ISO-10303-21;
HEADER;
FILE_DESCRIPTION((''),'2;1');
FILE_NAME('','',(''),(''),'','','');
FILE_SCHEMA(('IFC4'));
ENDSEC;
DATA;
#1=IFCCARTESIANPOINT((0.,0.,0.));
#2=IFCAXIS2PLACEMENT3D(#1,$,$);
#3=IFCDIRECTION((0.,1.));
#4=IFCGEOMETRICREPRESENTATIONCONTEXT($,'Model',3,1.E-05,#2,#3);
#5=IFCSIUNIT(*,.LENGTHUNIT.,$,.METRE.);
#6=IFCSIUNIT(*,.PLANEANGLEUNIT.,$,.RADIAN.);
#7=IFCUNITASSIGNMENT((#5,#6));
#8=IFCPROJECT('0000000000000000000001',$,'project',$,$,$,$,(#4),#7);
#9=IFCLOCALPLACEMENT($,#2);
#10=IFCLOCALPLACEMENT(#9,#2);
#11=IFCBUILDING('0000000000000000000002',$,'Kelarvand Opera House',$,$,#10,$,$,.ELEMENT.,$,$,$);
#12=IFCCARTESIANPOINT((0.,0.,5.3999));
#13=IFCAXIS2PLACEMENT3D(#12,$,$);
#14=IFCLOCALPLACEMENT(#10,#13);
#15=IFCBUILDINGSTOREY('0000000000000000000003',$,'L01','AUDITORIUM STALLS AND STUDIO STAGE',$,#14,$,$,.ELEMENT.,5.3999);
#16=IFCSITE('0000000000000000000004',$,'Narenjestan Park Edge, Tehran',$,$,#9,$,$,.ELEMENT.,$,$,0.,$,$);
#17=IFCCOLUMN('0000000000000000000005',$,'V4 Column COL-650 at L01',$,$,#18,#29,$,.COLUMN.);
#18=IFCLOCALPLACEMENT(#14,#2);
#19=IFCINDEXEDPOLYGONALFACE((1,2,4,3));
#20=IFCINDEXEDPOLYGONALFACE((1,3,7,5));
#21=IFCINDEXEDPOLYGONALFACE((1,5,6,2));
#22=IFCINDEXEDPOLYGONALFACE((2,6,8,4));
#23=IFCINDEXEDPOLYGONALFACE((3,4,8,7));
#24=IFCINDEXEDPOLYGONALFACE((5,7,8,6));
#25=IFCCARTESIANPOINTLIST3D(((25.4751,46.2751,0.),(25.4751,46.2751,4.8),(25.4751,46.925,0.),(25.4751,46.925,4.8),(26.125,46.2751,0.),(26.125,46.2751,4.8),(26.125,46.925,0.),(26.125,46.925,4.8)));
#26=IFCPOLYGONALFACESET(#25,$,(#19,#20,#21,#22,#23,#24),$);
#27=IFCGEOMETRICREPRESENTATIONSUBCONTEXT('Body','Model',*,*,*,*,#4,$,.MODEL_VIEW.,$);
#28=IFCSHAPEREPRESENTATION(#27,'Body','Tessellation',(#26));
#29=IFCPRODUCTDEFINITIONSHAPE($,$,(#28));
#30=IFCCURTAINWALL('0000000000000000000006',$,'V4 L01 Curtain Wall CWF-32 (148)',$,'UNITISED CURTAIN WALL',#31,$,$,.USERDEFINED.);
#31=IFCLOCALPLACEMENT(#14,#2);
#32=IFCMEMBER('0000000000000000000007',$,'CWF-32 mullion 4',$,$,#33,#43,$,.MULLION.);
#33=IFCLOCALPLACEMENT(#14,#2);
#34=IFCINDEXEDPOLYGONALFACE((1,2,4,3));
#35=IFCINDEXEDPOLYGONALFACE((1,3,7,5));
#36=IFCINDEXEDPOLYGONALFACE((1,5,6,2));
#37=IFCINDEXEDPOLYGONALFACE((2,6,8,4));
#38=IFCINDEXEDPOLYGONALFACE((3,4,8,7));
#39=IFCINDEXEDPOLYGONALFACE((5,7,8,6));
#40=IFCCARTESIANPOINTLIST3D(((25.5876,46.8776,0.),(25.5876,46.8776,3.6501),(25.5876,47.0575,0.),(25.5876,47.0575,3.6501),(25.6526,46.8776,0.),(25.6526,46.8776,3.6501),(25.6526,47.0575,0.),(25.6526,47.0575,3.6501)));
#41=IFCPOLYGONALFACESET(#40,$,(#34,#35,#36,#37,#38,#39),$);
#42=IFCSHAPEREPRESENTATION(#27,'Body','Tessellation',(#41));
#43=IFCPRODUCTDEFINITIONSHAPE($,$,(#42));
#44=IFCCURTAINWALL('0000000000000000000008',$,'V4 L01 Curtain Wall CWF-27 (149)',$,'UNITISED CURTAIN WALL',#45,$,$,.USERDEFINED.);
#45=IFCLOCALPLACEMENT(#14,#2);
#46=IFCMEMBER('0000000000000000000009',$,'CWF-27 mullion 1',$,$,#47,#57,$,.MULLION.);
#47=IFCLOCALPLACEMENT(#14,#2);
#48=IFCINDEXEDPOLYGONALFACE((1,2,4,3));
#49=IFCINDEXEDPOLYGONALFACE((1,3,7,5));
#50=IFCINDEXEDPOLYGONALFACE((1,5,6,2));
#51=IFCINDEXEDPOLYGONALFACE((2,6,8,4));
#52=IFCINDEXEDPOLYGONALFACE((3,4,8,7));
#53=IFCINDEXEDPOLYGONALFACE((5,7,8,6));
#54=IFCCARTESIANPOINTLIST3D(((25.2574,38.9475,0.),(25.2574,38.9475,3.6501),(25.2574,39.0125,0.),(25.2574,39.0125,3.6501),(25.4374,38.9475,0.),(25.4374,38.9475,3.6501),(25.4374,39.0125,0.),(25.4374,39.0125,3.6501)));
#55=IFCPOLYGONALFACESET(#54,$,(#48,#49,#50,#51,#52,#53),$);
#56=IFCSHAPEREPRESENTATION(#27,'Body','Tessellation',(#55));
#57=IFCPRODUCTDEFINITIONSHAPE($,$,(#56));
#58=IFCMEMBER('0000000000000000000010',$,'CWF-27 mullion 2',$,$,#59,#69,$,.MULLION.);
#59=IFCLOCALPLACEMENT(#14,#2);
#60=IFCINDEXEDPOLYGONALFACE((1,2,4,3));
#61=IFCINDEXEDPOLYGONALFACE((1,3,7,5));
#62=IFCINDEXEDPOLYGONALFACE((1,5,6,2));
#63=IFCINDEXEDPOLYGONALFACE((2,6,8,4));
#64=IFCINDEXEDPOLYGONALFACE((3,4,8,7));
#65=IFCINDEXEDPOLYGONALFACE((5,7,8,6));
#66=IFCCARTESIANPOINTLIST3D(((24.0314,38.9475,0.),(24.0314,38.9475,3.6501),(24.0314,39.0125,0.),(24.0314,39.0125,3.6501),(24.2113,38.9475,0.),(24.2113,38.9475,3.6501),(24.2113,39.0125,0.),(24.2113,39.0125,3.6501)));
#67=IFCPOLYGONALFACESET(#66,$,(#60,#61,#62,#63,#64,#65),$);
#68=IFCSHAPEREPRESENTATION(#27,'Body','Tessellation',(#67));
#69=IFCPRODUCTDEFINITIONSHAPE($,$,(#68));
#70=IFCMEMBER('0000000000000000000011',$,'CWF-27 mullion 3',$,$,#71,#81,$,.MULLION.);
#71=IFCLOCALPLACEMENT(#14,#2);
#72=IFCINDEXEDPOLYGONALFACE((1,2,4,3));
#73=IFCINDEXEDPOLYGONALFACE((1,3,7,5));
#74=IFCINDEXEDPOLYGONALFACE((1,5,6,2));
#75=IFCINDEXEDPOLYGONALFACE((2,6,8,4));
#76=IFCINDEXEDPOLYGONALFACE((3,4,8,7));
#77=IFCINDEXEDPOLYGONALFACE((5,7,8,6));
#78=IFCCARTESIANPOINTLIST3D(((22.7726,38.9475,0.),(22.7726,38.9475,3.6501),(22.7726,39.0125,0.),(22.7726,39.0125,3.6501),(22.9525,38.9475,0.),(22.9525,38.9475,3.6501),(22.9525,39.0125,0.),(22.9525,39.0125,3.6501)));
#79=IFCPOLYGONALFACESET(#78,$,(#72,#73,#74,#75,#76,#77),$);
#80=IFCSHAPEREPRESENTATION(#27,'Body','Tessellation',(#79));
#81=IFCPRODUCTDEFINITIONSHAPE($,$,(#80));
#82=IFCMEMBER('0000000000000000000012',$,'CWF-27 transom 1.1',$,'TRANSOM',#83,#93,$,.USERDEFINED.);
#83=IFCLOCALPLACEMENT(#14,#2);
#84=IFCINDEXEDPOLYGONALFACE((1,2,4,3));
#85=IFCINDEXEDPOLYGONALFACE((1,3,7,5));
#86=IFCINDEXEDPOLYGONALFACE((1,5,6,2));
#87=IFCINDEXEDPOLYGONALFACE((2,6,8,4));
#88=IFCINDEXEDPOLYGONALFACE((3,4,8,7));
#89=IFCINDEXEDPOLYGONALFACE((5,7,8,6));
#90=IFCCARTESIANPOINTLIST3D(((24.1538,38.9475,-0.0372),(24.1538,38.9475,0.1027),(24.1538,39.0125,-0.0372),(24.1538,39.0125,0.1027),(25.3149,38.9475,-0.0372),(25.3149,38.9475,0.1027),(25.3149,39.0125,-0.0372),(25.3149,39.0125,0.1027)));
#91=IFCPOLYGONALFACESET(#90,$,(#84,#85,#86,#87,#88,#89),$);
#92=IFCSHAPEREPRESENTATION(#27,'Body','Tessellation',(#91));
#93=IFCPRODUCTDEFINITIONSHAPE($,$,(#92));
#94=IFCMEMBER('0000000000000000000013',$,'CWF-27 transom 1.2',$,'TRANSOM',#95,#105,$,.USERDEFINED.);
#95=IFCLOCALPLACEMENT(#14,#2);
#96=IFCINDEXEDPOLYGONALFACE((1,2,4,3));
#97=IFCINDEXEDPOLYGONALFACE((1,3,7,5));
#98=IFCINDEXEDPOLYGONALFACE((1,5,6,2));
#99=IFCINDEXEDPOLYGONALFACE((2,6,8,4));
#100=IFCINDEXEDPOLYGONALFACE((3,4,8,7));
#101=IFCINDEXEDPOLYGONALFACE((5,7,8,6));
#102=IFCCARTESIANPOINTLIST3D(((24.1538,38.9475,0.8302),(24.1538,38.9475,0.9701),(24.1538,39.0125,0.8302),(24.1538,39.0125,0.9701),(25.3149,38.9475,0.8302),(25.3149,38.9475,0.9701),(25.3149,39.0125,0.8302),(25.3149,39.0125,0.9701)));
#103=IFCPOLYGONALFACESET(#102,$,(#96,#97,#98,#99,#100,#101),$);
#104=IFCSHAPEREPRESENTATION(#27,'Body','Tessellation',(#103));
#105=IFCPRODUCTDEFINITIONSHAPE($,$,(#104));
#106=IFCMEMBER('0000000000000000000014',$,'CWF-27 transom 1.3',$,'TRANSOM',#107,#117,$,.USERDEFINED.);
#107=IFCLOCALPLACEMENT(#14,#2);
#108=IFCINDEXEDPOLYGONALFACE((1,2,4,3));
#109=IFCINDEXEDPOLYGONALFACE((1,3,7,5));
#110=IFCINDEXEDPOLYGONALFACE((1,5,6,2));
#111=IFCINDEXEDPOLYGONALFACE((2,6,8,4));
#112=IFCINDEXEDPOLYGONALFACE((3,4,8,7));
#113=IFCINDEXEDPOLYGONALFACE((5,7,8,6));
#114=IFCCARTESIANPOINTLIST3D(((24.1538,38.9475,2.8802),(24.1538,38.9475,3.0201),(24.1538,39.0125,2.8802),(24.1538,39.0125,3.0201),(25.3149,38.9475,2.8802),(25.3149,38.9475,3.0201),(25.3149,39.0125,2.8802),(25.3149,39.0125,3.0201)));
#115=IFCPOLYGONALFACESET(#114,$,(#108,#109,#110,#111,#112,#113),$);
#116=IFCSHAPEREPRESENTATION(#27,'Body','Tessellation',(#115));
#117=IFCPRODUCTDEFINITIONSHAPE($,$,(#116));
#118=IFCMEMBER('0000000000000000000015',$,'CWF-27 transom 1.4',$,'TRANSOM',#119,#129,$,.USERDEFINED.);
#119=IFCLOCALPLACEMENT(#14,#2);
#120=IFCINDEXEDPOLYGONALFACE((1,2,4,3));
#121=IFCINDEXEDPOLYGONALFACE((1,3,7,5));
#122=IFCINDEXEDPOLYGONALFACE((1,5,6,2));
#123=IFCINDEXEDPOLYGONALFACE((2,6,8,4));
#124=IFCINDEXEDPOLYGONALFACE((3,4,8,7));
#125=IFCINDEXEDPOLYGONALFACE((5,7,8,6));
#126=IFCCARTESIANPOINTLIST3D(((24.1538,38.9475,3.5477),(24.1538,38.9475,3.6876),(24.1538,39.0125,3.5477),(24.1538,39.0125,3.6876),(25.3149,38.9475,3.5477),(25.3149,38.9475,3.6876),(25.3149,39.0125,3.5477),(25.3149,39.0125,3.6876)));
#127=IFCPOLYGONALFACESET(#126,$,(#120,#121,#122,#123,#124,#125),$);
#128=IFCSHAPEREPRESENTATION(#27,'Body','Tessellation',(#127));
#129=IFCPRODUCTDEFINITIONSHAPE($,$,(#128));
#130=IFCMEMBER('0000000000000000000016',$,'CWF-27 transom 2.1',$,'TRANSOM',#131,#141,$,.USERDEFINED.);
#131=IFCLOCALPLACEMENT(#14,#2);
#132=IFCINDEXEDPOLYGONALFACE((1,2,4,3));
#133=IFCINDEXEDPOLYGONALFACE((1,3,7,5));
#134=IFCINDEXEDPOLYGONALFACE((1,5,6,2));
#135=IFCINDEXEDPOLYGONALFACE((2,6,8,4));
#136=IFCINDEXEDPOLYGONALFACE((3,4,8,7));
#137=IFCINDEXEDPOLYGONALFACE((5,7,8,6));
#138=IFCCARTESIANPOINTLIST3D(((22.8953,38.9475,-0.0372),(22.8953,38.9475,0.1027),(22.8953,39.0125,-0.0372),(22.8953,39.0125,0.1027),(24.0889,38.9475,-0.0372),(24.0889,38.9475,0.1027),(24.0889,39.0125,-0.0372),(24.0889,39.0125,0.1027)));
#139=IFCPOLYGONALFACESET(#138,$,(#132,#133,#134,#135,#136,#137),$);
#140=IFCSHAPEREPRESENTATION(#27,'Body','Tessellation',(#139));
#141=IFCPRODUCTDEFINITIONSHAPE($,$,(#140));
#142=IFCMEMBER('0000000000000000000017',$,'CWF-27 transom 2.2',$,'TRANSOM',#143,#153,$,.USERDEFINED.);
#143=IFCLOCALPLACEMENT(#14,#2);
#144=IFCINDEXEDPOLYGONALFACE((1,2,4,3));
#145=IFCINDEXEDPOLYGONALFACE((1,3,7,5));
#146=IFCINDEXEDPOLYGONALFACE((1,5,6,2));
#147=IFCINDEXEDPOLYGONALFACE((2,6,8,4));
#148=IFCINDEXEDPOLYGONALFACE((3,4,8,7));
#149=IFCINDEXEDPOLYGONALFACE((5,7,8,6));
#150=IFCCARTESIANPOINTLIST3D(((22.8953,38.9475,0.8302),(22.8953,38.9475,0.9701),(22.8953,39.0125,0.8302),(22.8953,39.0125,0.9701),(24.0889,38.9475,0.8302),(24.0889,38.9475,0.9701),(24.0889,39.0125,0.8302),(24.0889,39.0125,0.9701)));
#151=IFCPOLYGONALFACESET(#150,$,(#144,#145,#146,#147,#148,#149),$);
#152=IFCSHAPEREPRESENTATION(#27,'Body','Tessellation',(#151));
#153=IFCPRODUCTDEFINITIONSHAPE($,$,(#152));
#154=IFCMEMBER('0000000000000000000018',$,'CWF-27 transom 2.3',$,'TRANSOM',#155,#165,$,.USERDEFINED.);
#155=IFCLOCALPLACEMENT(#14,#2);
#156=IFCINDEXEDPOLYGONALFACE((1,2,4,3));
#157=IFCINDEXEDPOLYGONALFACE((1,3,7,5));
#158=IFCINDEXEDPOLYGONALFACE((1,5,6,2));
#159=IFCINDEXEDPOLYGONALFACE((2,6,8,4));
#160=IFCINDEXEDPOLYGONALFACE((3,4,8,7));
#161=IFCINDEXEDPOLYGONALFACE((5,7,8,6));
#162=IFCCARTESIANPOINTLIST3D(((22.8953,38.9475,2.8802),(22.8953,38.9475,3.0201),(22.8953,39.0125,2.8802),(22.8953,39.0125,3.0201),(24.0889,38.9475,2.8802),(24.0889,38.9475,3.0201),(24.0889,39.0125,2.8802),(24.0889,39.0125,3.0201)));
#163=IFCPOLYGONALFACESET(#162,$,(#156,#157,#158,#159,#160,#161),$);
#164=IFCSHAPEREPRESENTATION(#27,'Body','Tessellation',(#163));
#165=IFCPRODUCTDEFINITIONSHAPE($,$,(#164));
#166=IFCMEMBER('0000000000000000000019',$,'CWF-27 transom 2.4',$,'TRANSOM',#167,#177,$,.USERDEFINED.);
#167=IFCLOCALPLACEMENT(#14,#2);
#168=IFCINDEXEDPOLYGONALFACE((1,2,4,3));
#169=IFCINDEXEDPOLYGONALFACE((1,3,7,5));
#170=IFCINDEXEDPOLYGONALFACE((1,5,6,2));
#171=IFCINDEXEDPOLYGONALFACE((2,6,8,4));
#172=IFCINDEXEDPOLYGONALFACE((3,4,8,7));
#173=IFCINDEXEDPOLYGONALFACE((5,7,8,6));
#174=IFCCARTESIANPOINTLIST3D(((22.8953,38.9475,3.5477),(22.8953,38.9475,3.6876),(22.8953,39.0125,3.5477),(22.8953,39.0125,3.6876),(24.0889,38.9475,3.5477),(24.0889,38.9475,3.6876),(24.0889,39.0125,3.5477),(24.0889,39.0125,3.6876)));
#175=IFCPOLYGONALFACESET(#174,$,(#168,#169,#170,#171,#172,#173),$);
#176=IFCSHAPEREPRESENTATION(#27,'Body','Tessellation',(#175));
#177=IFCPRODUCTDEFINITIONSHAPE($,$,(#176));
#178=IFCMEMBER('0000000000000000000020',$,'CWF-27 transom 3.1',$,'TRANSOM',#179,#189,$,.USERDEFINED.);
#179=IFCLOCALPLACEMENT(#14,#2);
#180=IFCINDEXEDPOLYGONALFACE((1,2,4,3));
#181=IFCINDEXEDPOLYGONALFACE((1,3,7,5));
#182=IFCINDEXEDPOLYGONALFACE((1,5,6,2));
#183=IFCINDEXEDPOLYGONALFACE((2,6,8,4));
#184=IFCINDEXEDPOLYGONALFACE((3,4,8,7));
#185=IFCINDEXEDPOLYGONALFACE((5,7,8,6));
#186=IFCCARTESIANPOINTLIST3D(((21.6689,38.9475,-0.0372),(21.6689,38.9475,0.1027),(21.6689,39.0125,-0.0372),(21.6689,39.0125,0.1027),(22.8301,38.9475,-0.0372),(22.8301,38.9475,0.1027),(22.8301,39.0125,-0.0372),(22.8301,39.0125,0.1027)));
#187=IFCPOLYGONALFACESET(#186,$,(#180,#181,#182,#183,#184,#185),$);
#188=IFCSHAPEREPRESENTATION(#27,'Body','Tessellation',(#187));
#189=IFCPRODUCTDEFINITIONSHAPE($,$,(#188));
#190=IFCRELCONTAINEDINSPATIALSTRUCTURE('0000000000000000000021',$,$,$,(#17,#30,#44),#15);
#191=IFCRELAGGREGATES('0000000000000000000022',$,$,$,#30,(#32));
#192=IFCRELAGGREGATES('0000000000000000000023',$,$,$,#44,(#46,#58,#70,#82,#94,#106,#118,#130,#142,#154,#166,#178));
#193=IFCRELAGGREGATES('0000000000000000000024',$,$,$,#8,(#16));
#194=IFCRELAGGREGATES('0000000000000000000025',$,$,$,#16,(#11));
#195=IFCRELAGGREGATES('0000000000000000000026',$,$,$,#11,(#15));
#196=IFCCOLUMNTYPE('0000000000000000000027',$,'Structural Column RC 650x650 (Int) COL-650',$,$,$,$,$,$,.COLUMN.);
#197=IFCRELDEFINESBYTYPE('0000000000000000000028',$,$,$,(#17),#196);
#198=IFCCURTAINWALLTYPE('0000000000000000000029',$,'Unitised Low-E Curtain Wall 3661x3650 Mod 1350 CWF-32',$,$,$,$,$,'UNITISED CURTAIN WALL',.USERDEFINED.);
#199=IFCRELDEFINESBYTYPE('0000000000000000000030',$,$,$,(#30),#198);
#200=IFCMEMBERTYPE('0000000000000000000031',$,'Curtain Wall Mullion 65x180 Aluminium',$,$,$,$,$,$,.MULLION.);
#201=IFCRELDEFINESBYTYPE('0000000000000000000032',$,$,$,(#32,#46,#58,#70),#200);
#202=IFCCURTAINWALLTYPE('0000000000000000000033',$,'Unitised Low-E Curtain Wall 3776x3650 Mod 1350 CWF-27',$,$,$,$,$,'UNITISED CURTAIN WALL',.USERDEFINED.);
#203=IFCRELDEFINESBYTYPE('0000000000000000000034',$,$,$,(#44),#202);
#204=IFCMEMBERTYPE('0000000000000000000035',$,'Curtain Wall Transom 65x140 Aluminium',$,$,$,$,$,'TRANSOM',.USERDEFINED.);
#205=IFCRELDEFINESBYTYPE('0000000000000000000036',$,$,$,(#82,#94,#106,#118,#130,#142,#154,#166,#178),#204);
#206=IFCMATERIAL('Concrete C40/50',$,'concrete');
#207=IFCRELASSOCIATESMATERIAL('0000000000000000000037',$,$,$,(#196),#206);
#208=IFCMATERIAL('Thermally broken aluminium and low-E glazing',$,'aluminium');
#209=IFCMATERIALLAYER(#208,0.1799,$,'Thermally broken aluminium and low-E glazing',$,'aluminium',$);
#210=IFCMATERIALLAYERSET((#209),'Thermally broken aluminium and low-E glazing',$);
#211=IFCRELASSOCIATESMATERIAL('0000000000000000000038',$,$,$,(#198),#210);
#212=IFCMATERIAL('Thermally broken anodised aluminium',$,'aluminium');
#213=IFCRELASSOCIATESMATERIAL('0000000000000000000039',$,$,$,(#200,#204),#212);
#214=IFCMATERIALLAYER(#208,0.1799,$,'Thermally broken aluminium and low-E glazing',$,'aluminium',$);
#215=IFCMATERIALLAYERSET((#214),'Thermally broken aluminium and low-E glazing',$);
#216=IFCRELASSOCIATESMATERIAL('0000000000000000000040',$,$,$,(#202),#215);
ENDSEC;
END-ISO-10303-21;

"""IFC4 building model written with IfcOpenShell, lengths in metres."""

from ifc_helpers import new_model, si_unit, direction, frame, origin, origin_2d, place, context, subcontext, project, spatial, rectangle, extrude, material, layer, layer_set, material_profile, profile_set, type_object, element, aggregate, save


model = new_model("IFC4")

# Units and contexts
model_context = context("Model", 3, precision=1e-05, world=origin(), true_north=direction((0.0, 1.0)))
body_context = subcontext(model_context, "Body", "Model", "MODEL_VIEW")
ifc_project = project(units=[si_unit("LENGTHUNIT", "METRE"), si_unit("PLANEANGLEUNIT", "RADIAN")], contexts=[model_context])

# Site, building, storey
site_placement = place(None, origin())
site = spatial("IfcSite", under=ifc_project, at=site_placement, Name="Narenjestan Park Edge, Tehran", CompositionType="ELEMENT", RefElevation=0.0)
building_placement = place(site_placement, origin())
building = spatial("IfcBuilding", under=site, at=building_placement, Name="Kelarvand Opera House", CompositionType="ELEMENT")
storey_placement = place(building_placement, frame((0.0, 0.0, 5.3999)))
storey = spatial("IfcBuildingStorey", under=building, at=storey_placement, Name="L01", Description="AUDITORIUM STALLS AND STUDIO STAGE", CompositionType="ELEMENT", Elevation=5.3999)

# Column
ifc_material_1 = material(Name="Concrete C40/50", Category="concrete")
ifc_material_profile_1 = material_profile(ifc_material_1, rectangle(XDim=0.6499, YDim=0.6499, at=origin_2d()), Name="RC 650x650", Category="concrete")
ifc_profile_set_1 = profile_set([ifc_material_profile_1], Name="Concrete C40/50")
column_type = type_object("IfcColumnType", Name="Structural Column RC 650x650 (Int) COL-650", PredefinedType="COLUMN", material=ifc_profile_set_1)
column_placement = place(storey_placement, frame((25.8, 46.6001, 0.0), z_axis=(0.0, 0.0, 1.0), x_axis=(1.0, 0.0, 0.0)))
element("IfcColumn", 1, at=column_placement, inside=storey, type_object=column_type, Name="V4 Column COL-650 at L01", PredefinedType="COLUMN", context=body_context, shape_type="SweptSolid", body=[
    extrude(rectangle(XDim=0.6499, YDim=0.6499, at=origin_2d()), origin(), (0.0, 0.0, 1.0), 4.8),
])

# Curtain wall, member
ifc_material_2 = material(Name="Thermally broken aluminium and low-E glazing", Category="aluminium")
ifc_layer_1 = layer(ifc_material_2, 0.1799, Name="Thermally broken aluminium and low-E glazing", Category="aluminium")
ifc_layer_set_1 = layer_set([ifc_layer_1], Name="Thermally broken aluminium and low-E glazing")
curtain_wall_type_1 = type_object("IfcCurtainWallType", Name="Unitised Low-E Curtain Wall 3661x3650 Mod 1350 CWF-32", ElementType="UNITISED CURTAIN WALL", PredefinedType="USERDEFINED", material=ifc_layer_set_1)
curtain_wall_1_placement = place(storey_placement, origin())
curtain_wall_1 = element("IfcCurtainWall", 2, at=curtain_wall_1_placement, inside=storey, type_object=curtain_wall_type_1, Name="V4 L01 Curtain Wall CWF-32 (148)", ObjectType="UNITISED CURTAIN WALL", PredefinedType="USERDEFINED")
ifc_material_3 = material(Name="Thermally broken anodised aluminium", Category="aluminium")
ifc_material_profile_2 = material_profile(ifc_material_3, rectangle(XDim=0.0649, YDim=0.1799, at=origin_2d()), Name="ALU MULLION 65x180", Category="aluminium")
ifc_profile_set_2 = profile_set([ifc_material_profile_2], Name="Thermally broken anodised aluminium")
member_type_1 = type_object("IfcMemberType", Name="Curtain Wall Mullion 65x180 Aluminium", PredefinedType="MULLION", material=ifc_profile_set_2)
member_1_placement = place(storey_placement, frame((25.6201, 46.9675, 0.0), z_axis=(0.0, 0.0, 1.0), x_axis=(1.0, 0.0, 0.0)))
member_1 = element("IfcMember", 3, at=member_1_placement, type_object=member_type_1, Name="CWF-32 mullion 4", PredefinedType="MULLION", context=body_context, shape_type="SweptSolid", body=[
    extrude(rectangle(XDim=0.0649, YDim=0.1799, at=origin_2d()), origin(), (0.0, 0.0, 1.0), 3.6501),
])
aggregate(curtain_wall_1, [member_1])

# Curtain wall, members
ifc_layer_2 = layer(ifc_material_2, 0.1799, Name="Thermally broken aluminium and low-E glazing", Category="aluminium")
ifc_layer_set_2 = layer_set([ifc_layer_2], Name="Thermally broken aluminium and low-E glazing")
curtain_wall_type_2 = type_object("IfcCurtainWallType", Name="Unitised Low-E Curtain Wall 3776x3650 Mod 1350 CWF-27", ElementType="UNITISED CURTAIN WALL", PredefinedType="USERDEFINED", material=ifc_layer_set_2)
curtain_wall_2_placement = place(storey_placement, origin())
curtain_wall_2 = element("IfcCurtainWall", 4, at=curtain_wall_2_placement, inside=storey, type_object=curtain_wall_type_2, Name="V4 L01 Curtain Wall CWF-27 (149)", ObjectType="UNITISED CURTAIN WALL", PredefinedType="USERDEFINED")
member_2_placement = place(storey_placement, frame((25.3474, 38.98, 0.0), z_axis=(0.0, 0.0, 1.0), x_axis=(0.0, -1.0, 0.0)))
member_2 = element("IfcMember", 5, at=member_2_placement, type_object=member_type_1, Name="CWF-27 mullion 1", PredefinedType="MULLION", context=body_context, shape_type="SweptSolid", body=[
    extrude(rectangle(XDim=0.0649, YDim=0.1799, at=origin_2d()), origin(), (0.0, 0.0, 1.0), 3.6501),
])
member_3_placement = place(storey_placement, frame((24.1213, 38.98, 0.0), z_axis=(0.0, 0.0, 1.0), x_axis=(0.0, -1.0, 0.0)))
member_3 = element("IfcMember", 6, at=member_3_placement, type_object=member_type_1, Name="CWF-27 mullion 2", PredefinedType="MULLION", context=body_context, shape_type="SweptSolid", body=[
    extrude(rectangle(XDim=0.0649, YDim=0.1799, at=origin_2d()), origin(), (0.0, 0.0, 1.0), 3.6501),
])
member_4_placement = place(storey_placement, frame((22.8625, 38.98, 0.0), z_axis=(0.0, 0.0, 1.0), x_axis=(0.0, -1.0, 0.0)))
member_4 = element("IfcMember", 7, at=member_4_placement, type_object=member_type_1, Name="CWF-27 mullion 3", PredefinedType="MULLION", context=body_context, shape_type="SweptSolid", body=[
    extrude(rectangle(XDim=0.0649, YDim=0.1799, at=origin_2d()), origin(), (0.0, 0.0, 1.0), 3.6501),
])
ifc_material_profile_3 = material_profile(ifc_material_3, rectangle(XDim=0.0649, YDim=0.1399, at=origin_2d()), Name="ALU TRANSOM 65x140", Category="aluminium")
ifc_profile_set_3 = profile_set([ifc_material_profile_3], Name="Thermally broken anodised aluminium")
member_type_2 = type_object("IfcMemberType", Name="Curtain Wall Transom 65x140 Aluminium", ElementType="TRANSOM", PredefinedType="USERDEFINED", material=ifc_profile_set_3)
member_5_placement = place(storey_placement, frame((25.3149, 38.98, 0.0327), z_axis=(-1.0, 0.0, 0.0), x_axis=(0.0, -1.0, 0.0)))
member_5 = element("IfcMember", 8, at=member_5_placement, type_object=member_type_2, Name="CWF-27 transom 1.1", ObjectType="TRANSOM", PredefinedType="USERDEFINED", context=body_context, shape_type="SweptSolid", body=[
    extrude(rectangle(XDim=0.0649, YDim=0.1399, at=origin_2d()), origin(), (0.0, 0.0, 1.0), 1.1611),
])
member_6_placement = place(storey_placement, frame((25.3149, 38.98, 0.9001), z_axis=(-1.0, 0.0, 0.0), x_axis=(0.0, -1.0, 0.0)))
member_6 = element("IfcMember", 9, at=member_6_placement, type_object=member_type_2, Name="CWF-27 transom 1.2", ObjectType="TRANSOM", PredefinedType="USERDEFINED", context=body_context, shape_type="SweptSolid", body=[
    extrude(rectangle(XDim=0.0649, YDim=0.1399, at=origin_2d()), origin(), (0.0, 0.0, 1.0), 1.1611),
])
member_7_placement = place(storey_placement, frame((25.3149, 38.98, 2.9502), z_axis=(-1.0, 0.0, 0.0), x_axis=(0.0, -1.0, 0.0)))
member_7 = element("IfcMember", 10, at=member_7_placement, type_object=member_type_2, Name="CWF-27 transom 1.3", ObjectType="TRANSOM", PredefinedType="USERDEFINED", context=body_context, shape_type="SweptSolid", body=[
    extrude(rectangle(XDim=0.0649, YDim=0.1399, at=origin_2d()), origin(), (0.0, 0.0, 1.0), 1.1611),
])
member_8_placement = place(storey_placement, frame((25.3149, 38.98, 3.6177), z_axis=(-1.0, 0.0, 0.0), x_axis=(0.0, -1.0, 0.0)))
member_8 = element("IfcMember", 11, at=member_8_placement, type_object=member_type_2, Name="CWF-27 transom 1.4", ObjectType="TRANSOM", PredefinedType="USERDEFINED", context=body_context, shape_type="SweptSolid", body=[
    extrude(rectangle(XDim=0.0649, YDim=0.1399, at=origin_2d()), origin(), (0.0, 0.0, 1.0), 1.1611),
])
member_9_placement = place(storey_placement, frame((24.0889, 38.98, 0.0327), z_axis=(-1.0, 0.0, 0.0), x_axis=(0.0, -1.0, 0.0)))
member_9 = element("IfcMember", 12, at=member_9_placement, type_object=member_type_2, Name="CWF-27 transom 2.1", ObjectType="TRANSOM", PredefinedType="USERDEFINED", context=body_context, shape_type="SweptSolid", body=[
    extrude(rectangle(XDim=0.0649, YDim=0.1399, at=origin_2d()), origin(), (0.0, 0.0, 1.0), 1.1936),
])
member_10_placement = place(storey_placement, frame((24.0889, 38.98, 0.9001), z_axis=(-1.0, 0.0, 0.0), x_axis=(0.0, -1.0, 0.0)))
member_10 = element("IfcMember", 13, at=member_10_placement, type_object=member_type_2, Name="CWF-27 transom 2.2", ObjectType="TRANSOM", PredefinedType="USERDEFINED", context=body_context, shape_type="SweptSolid", body=[
    extrude(rectangle(XDim=0.0649, YDim=0.1399, at=origin_2d()), origin(), (0.0, 0.0, 1.0), 1.1936),
])
member_11_placement = place(storey_placement, frame((24.0889, 38.98, 2.9502), z_axis=(-1.0, 0.0, 0.0), x_axis=(0.0, -1.0, 0.0)))
member_11 = element("IfcMember", 14, at=member_11_placement, type_object=member_type_2, Name="CWF-27 transom 2.3", ObjectType="TRANSOM", PredefinedType="USERDEFINED", context=body_context, shape_type="SweptSolid", body=[
    extrude(rectangle(XDim=0.0649, YDim=0.1399, at=origin_2d()), origin(), (0.0, 0.0, 1.0), 1.1936),
])
member_12_placement = place(storey_placement, frame((24.0889, 38.98, 3.6177), z_axis=(-1.0, 0.0, 0.0), x_axis=(0.0, -1.0, 0.0)))
member_12 = element("IfcMember", 15, at=member_12_placement, type_object=member_type_2, Name="CWF-27 transom 2.4", ObjectType="TRANSOM", PredefinedType="USERDEFINED", context=body_context, shape_type="SweptSolid", body=[
    extrude(rectangle(XDim=0.0649, YDim=0.1399, at=origin_2d()), origin(), (0.0, 0.0, 1.0), 1.1936),
])
member_13_placement = place(storey_placement, frame((22.8301, 38.98, 0.0327), z_axis=(-1.0, 0.0, 0.0), x_axis=(0.0, -1.0, 0.0)))
member_13 = element("IfcMember", 16, at=member_13_placement, type_object=member_type_2, Name="CWF-27 transom 3.1", ObjectType="TRANSOM", PredefinedType="USERDEFINED", context=body_context, shape_type="SweptSolid", body=[
    extrude(rectangle(XDim=0.0649, YDim=0.1399, at=origin_2d()), origin(), (0.0, 0.0, 1.0), 1.1611),
])

aggregate(curtain_wall_2, [member_2, member_3, member_4, member_5, member_6, member_7, member_8, member_9, member_10, member_11, member_12, member_13])

save(model, "model.ifc")
